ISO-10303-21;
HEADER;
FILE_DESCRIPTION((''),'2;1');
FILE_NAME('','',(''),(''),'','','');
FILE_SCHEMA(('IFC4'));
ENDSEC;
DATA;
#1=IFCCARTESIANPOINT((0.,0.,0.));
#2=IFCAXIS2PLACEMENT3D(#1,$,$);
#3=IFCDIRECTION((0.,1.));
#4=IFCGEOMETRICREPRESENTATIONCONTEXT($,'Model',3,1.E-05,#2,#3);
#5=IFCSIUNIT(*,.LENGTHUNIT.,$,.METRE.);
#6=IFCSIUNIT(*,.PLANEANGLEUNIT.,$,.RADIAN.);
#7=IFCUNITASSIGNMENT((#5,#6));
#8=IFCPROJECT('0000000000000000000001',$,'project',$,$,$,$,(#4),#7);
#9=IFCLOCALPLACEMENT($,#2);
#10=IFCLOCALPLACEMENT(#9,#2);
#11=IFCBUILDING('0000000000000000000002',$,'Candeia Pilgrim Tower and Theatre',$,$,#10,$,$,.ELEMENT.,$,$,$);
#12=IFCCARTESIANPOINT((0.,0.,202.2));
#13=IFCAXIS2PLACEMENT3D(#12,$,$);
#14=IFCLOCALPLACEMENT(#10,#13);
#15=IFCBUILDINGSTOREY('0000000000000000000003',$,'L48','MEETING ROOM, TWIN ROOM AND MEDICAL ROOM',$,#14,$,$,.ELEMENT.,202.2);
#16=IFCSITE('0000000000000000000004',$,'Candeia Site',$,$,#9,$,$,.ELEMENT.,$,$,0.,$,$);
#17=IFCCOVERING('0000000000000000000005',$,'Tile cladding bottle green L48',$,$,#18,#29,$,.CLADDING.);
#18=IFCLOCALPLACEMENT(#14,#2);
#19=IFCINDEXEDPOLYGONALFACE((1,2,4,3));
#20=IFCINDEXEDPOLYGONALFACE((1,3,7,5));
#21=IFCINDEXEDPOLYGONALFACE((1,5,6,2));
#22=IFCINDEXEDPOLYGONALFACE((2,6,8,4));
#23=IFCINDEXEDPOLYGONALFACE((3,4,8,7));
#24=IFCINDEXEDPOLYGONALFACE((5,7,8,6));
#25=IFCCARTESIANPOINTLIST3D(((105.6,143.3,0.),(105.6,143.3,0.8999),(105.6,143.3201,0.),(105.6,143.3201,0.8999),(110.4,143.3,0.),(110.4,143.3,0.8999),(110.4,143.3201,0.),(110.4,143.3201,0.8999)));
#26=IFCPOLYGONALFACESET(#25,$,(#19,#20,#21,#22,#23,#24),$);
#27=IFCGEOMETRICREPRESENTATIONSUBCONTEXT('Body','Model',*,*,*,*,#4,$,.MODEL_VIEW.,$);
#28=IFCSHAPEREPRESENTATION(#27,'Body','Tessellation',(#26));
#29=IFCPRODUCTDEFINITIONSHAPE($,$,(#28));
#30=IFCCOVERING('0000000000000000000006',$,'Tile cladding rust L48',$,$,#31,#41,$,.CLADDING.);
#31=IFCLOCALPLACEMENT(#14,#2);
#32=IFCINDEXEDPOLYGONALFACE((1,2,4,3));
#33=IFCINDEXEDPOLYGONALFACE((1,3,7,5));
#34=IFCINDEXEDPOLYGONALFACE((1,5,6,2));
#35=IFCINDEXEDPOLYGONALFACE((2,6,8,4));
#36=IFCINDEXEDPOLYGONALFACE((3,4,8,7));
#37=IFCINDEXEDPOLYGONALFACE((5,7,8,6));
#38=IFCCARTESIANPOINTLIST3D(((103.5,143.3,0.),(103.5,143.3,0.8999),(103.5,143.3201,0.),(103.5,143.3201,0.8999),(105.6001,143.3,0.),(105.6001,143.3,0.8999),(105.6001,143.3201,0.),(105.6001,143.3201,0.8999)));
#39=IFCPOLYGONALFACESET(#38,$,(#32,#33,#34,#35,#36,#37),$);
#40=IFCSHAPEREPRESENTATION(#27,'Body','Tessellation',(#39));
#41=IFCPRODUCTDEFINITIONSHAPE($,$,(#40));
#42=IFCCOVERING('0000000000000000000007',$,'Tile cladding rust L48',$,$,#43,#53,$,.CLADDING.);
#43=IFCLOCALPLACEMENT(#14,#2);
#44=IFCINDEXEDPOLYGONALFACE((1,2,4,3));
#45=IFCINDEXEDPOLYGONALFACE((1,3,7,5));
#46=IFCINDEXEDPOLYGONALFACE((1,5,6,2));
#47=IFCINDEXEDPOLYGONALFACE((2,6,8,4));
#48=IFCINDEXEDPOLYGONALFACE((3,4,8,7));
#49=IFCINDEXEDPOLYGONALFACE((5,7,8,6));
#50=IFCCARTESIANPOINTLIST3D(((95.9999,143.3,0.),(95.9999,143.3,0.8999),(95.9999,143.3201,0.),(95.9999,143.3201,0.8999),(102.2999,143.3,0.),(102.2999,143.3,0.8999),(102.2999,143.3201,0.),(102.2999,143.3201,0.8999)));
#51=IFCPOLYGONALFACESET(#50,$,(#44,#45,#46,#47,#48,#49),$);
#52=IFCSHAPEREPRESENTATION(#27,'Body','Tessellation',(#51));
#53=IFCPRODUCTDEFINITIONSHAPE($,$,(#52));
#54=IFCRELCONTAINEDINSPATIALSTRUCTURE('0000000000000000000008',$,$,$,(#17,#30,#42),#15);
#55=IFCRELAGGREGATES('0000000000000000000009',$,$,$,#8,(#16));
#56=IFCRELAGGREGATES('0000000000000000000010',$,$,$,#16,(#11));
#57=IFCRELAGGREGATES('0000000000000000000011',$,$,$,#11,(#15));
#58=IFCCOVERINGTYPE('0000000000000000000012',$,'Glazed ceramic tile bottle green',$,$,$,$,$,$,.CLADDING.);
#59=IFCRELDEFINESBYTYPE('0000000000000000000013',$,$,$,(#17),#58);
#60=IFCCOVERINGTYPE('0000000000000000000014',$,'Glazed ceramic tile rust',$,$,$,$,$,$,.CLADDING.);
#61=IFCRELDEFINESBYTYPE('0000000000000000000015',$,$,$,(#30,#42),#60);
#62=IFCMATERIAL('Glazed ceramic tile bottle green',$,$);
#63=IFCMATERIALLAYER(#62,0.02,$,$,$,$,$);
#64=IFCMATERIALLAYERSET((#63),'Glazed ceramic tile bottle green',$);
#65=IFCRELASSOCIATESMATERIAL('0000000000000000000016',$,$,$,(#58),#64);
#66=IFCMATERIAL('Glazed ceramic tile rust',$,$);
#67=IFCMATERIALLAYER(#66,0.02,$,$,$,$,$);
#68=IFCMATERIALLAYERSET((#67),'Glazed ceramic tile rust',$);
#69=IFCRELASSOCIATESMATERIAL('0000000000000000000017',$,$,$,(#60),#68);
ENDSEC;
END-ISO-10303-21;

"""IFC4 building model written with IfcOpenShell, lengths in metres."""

from ifc_helpers import new_model, si_unit, direction, frame, origin, origin_2d, place, context, subcontext, project, spatial, rectangle, extrude, material, layer, layer_set, type_object, element, save


model = new_model("IFC4")

# Units and contexts
model_context = context("Model", 3, precision=1e-05, world=origin(), true_north=direction((0.0, 1.0)))
body_context = subcontext(model_context, "Body", "Model", "MODEL_VIEW")
ifc_project = project(units=[si_unit("LENGTHUNIT", "METRE"), si_unit("PLANEANGLEUNIT", "RADIAN")], contexts=[model_context])

# Site, building, storey
site_placement = place(None, origin())
site = spatial("IfcSite", under=ifc_project, at=site_placement, Name="Candeia Site", CompositionType="ELEMENT", RefElevation=0.0)
building_placement = place(site_placement, origin())
building = spatial("IfcBuilding", under=site, at=building_placement, Name="Candeia Pilgrim Tower and Theatre", CompositionType="ELEMENT")
storey_placement = place(building_placement, frame((0.0, 0.0, 202.2)))
storey = spatial("IfcBuildingStorey", under=building, at=storey_placement, Name="L48", Description="MEETING ROOM, TWIN ROOM AND MEDICAL ROOM", CompositionType="ELEMENT", Elevation=202.2)

# Coverings
ifc_material_1 = material(Name="Glazed ceramic tile bottle green")
ifc_layer_1 = layer(ifc_material_1, 0.02)
ifc_layer_set_1 = layer_set([ifc_layer_1], Name="Glazed ceramic tile bottle green")
covering_type_1 = type_object("IfcCoveringType", Name="Glazed ceramic tile bottle green", PredefinedType="CLADDING", material=ifc_layer_set_1)
covering_1_placement = place(storey_placement, frame((108.0, 143.3101, 0.0), z_axis=(0.0, 0.0, 1.0), x_axis=(-1.0, 0.0, 0.0)))
element("IfcCovering", 1, at=covering_1_placement, inside=storey, type_object=covering_type_1, Name="Tile cladding bottle green L48", PredefinedType="CLADDING", context=body_context, shape_type="SweptSolid", body=[
    extrude(rectangle(XDim=4.8, YDim=0.02, at=origin_2d()), origin(), (0.0, 0.0, 1.0), 0.8999),
])
ifc_material_2 = material(Name="Glazed ceramic tile rust")
ifc_layer_2 = layer(ifc_material_2, 0.02)
ifc_layer_set_2 = layer_set([ifc_layer_2], Name="Glazed ceramic tile rust")
covering_type_2 = type_object("IfcCoveringType", Name="Glazed ceramic tile rust", PredefinedType="CLADDING", material=ifc_layer_set_2)
covering_2_placement = place(storey_placement, frame((104.55, 143.3101, 0.0), z_axis=(0.0, 0.0, 1.0), x_axis=(-1.0, 0.0, 0.0)))
element("IfcCovering", 2, at=covering_2_placement, inside=storey, type_object=covering_type_2, Name="Tile cladding rust L48", PredefinedType="CLADDING", context=body_context, shape_type="SweptSolid", body=[
    extrude(rectangle(XDim=2.1001, YDim=0.02, at=origin_2d()), origin(), (0.0, 0.0, 1.0), 0.8999),
])
covering_3_placement = place(storey_placement, frame((99.1499, 143.3101, 0.0), z_axis=(0.0, 0.0, 1.0), x_axis=(-1.0, 0.0, 0.0)))
element("IfcCovering", 3, at=covering_3_placement, inside=storey, type_object=covering_type_2, Name="Tile cladding rust L48", PredefinedType="CLADDING", context=body_context, shape_type="SweptSolid", body=[
    extrude(rectangle(XDim=6.3, YDim=0.02, at=origin_2d()), origin(), (0.0, 0.0, 1.0), 0.8999),
])

save(model, "model.ifc")
